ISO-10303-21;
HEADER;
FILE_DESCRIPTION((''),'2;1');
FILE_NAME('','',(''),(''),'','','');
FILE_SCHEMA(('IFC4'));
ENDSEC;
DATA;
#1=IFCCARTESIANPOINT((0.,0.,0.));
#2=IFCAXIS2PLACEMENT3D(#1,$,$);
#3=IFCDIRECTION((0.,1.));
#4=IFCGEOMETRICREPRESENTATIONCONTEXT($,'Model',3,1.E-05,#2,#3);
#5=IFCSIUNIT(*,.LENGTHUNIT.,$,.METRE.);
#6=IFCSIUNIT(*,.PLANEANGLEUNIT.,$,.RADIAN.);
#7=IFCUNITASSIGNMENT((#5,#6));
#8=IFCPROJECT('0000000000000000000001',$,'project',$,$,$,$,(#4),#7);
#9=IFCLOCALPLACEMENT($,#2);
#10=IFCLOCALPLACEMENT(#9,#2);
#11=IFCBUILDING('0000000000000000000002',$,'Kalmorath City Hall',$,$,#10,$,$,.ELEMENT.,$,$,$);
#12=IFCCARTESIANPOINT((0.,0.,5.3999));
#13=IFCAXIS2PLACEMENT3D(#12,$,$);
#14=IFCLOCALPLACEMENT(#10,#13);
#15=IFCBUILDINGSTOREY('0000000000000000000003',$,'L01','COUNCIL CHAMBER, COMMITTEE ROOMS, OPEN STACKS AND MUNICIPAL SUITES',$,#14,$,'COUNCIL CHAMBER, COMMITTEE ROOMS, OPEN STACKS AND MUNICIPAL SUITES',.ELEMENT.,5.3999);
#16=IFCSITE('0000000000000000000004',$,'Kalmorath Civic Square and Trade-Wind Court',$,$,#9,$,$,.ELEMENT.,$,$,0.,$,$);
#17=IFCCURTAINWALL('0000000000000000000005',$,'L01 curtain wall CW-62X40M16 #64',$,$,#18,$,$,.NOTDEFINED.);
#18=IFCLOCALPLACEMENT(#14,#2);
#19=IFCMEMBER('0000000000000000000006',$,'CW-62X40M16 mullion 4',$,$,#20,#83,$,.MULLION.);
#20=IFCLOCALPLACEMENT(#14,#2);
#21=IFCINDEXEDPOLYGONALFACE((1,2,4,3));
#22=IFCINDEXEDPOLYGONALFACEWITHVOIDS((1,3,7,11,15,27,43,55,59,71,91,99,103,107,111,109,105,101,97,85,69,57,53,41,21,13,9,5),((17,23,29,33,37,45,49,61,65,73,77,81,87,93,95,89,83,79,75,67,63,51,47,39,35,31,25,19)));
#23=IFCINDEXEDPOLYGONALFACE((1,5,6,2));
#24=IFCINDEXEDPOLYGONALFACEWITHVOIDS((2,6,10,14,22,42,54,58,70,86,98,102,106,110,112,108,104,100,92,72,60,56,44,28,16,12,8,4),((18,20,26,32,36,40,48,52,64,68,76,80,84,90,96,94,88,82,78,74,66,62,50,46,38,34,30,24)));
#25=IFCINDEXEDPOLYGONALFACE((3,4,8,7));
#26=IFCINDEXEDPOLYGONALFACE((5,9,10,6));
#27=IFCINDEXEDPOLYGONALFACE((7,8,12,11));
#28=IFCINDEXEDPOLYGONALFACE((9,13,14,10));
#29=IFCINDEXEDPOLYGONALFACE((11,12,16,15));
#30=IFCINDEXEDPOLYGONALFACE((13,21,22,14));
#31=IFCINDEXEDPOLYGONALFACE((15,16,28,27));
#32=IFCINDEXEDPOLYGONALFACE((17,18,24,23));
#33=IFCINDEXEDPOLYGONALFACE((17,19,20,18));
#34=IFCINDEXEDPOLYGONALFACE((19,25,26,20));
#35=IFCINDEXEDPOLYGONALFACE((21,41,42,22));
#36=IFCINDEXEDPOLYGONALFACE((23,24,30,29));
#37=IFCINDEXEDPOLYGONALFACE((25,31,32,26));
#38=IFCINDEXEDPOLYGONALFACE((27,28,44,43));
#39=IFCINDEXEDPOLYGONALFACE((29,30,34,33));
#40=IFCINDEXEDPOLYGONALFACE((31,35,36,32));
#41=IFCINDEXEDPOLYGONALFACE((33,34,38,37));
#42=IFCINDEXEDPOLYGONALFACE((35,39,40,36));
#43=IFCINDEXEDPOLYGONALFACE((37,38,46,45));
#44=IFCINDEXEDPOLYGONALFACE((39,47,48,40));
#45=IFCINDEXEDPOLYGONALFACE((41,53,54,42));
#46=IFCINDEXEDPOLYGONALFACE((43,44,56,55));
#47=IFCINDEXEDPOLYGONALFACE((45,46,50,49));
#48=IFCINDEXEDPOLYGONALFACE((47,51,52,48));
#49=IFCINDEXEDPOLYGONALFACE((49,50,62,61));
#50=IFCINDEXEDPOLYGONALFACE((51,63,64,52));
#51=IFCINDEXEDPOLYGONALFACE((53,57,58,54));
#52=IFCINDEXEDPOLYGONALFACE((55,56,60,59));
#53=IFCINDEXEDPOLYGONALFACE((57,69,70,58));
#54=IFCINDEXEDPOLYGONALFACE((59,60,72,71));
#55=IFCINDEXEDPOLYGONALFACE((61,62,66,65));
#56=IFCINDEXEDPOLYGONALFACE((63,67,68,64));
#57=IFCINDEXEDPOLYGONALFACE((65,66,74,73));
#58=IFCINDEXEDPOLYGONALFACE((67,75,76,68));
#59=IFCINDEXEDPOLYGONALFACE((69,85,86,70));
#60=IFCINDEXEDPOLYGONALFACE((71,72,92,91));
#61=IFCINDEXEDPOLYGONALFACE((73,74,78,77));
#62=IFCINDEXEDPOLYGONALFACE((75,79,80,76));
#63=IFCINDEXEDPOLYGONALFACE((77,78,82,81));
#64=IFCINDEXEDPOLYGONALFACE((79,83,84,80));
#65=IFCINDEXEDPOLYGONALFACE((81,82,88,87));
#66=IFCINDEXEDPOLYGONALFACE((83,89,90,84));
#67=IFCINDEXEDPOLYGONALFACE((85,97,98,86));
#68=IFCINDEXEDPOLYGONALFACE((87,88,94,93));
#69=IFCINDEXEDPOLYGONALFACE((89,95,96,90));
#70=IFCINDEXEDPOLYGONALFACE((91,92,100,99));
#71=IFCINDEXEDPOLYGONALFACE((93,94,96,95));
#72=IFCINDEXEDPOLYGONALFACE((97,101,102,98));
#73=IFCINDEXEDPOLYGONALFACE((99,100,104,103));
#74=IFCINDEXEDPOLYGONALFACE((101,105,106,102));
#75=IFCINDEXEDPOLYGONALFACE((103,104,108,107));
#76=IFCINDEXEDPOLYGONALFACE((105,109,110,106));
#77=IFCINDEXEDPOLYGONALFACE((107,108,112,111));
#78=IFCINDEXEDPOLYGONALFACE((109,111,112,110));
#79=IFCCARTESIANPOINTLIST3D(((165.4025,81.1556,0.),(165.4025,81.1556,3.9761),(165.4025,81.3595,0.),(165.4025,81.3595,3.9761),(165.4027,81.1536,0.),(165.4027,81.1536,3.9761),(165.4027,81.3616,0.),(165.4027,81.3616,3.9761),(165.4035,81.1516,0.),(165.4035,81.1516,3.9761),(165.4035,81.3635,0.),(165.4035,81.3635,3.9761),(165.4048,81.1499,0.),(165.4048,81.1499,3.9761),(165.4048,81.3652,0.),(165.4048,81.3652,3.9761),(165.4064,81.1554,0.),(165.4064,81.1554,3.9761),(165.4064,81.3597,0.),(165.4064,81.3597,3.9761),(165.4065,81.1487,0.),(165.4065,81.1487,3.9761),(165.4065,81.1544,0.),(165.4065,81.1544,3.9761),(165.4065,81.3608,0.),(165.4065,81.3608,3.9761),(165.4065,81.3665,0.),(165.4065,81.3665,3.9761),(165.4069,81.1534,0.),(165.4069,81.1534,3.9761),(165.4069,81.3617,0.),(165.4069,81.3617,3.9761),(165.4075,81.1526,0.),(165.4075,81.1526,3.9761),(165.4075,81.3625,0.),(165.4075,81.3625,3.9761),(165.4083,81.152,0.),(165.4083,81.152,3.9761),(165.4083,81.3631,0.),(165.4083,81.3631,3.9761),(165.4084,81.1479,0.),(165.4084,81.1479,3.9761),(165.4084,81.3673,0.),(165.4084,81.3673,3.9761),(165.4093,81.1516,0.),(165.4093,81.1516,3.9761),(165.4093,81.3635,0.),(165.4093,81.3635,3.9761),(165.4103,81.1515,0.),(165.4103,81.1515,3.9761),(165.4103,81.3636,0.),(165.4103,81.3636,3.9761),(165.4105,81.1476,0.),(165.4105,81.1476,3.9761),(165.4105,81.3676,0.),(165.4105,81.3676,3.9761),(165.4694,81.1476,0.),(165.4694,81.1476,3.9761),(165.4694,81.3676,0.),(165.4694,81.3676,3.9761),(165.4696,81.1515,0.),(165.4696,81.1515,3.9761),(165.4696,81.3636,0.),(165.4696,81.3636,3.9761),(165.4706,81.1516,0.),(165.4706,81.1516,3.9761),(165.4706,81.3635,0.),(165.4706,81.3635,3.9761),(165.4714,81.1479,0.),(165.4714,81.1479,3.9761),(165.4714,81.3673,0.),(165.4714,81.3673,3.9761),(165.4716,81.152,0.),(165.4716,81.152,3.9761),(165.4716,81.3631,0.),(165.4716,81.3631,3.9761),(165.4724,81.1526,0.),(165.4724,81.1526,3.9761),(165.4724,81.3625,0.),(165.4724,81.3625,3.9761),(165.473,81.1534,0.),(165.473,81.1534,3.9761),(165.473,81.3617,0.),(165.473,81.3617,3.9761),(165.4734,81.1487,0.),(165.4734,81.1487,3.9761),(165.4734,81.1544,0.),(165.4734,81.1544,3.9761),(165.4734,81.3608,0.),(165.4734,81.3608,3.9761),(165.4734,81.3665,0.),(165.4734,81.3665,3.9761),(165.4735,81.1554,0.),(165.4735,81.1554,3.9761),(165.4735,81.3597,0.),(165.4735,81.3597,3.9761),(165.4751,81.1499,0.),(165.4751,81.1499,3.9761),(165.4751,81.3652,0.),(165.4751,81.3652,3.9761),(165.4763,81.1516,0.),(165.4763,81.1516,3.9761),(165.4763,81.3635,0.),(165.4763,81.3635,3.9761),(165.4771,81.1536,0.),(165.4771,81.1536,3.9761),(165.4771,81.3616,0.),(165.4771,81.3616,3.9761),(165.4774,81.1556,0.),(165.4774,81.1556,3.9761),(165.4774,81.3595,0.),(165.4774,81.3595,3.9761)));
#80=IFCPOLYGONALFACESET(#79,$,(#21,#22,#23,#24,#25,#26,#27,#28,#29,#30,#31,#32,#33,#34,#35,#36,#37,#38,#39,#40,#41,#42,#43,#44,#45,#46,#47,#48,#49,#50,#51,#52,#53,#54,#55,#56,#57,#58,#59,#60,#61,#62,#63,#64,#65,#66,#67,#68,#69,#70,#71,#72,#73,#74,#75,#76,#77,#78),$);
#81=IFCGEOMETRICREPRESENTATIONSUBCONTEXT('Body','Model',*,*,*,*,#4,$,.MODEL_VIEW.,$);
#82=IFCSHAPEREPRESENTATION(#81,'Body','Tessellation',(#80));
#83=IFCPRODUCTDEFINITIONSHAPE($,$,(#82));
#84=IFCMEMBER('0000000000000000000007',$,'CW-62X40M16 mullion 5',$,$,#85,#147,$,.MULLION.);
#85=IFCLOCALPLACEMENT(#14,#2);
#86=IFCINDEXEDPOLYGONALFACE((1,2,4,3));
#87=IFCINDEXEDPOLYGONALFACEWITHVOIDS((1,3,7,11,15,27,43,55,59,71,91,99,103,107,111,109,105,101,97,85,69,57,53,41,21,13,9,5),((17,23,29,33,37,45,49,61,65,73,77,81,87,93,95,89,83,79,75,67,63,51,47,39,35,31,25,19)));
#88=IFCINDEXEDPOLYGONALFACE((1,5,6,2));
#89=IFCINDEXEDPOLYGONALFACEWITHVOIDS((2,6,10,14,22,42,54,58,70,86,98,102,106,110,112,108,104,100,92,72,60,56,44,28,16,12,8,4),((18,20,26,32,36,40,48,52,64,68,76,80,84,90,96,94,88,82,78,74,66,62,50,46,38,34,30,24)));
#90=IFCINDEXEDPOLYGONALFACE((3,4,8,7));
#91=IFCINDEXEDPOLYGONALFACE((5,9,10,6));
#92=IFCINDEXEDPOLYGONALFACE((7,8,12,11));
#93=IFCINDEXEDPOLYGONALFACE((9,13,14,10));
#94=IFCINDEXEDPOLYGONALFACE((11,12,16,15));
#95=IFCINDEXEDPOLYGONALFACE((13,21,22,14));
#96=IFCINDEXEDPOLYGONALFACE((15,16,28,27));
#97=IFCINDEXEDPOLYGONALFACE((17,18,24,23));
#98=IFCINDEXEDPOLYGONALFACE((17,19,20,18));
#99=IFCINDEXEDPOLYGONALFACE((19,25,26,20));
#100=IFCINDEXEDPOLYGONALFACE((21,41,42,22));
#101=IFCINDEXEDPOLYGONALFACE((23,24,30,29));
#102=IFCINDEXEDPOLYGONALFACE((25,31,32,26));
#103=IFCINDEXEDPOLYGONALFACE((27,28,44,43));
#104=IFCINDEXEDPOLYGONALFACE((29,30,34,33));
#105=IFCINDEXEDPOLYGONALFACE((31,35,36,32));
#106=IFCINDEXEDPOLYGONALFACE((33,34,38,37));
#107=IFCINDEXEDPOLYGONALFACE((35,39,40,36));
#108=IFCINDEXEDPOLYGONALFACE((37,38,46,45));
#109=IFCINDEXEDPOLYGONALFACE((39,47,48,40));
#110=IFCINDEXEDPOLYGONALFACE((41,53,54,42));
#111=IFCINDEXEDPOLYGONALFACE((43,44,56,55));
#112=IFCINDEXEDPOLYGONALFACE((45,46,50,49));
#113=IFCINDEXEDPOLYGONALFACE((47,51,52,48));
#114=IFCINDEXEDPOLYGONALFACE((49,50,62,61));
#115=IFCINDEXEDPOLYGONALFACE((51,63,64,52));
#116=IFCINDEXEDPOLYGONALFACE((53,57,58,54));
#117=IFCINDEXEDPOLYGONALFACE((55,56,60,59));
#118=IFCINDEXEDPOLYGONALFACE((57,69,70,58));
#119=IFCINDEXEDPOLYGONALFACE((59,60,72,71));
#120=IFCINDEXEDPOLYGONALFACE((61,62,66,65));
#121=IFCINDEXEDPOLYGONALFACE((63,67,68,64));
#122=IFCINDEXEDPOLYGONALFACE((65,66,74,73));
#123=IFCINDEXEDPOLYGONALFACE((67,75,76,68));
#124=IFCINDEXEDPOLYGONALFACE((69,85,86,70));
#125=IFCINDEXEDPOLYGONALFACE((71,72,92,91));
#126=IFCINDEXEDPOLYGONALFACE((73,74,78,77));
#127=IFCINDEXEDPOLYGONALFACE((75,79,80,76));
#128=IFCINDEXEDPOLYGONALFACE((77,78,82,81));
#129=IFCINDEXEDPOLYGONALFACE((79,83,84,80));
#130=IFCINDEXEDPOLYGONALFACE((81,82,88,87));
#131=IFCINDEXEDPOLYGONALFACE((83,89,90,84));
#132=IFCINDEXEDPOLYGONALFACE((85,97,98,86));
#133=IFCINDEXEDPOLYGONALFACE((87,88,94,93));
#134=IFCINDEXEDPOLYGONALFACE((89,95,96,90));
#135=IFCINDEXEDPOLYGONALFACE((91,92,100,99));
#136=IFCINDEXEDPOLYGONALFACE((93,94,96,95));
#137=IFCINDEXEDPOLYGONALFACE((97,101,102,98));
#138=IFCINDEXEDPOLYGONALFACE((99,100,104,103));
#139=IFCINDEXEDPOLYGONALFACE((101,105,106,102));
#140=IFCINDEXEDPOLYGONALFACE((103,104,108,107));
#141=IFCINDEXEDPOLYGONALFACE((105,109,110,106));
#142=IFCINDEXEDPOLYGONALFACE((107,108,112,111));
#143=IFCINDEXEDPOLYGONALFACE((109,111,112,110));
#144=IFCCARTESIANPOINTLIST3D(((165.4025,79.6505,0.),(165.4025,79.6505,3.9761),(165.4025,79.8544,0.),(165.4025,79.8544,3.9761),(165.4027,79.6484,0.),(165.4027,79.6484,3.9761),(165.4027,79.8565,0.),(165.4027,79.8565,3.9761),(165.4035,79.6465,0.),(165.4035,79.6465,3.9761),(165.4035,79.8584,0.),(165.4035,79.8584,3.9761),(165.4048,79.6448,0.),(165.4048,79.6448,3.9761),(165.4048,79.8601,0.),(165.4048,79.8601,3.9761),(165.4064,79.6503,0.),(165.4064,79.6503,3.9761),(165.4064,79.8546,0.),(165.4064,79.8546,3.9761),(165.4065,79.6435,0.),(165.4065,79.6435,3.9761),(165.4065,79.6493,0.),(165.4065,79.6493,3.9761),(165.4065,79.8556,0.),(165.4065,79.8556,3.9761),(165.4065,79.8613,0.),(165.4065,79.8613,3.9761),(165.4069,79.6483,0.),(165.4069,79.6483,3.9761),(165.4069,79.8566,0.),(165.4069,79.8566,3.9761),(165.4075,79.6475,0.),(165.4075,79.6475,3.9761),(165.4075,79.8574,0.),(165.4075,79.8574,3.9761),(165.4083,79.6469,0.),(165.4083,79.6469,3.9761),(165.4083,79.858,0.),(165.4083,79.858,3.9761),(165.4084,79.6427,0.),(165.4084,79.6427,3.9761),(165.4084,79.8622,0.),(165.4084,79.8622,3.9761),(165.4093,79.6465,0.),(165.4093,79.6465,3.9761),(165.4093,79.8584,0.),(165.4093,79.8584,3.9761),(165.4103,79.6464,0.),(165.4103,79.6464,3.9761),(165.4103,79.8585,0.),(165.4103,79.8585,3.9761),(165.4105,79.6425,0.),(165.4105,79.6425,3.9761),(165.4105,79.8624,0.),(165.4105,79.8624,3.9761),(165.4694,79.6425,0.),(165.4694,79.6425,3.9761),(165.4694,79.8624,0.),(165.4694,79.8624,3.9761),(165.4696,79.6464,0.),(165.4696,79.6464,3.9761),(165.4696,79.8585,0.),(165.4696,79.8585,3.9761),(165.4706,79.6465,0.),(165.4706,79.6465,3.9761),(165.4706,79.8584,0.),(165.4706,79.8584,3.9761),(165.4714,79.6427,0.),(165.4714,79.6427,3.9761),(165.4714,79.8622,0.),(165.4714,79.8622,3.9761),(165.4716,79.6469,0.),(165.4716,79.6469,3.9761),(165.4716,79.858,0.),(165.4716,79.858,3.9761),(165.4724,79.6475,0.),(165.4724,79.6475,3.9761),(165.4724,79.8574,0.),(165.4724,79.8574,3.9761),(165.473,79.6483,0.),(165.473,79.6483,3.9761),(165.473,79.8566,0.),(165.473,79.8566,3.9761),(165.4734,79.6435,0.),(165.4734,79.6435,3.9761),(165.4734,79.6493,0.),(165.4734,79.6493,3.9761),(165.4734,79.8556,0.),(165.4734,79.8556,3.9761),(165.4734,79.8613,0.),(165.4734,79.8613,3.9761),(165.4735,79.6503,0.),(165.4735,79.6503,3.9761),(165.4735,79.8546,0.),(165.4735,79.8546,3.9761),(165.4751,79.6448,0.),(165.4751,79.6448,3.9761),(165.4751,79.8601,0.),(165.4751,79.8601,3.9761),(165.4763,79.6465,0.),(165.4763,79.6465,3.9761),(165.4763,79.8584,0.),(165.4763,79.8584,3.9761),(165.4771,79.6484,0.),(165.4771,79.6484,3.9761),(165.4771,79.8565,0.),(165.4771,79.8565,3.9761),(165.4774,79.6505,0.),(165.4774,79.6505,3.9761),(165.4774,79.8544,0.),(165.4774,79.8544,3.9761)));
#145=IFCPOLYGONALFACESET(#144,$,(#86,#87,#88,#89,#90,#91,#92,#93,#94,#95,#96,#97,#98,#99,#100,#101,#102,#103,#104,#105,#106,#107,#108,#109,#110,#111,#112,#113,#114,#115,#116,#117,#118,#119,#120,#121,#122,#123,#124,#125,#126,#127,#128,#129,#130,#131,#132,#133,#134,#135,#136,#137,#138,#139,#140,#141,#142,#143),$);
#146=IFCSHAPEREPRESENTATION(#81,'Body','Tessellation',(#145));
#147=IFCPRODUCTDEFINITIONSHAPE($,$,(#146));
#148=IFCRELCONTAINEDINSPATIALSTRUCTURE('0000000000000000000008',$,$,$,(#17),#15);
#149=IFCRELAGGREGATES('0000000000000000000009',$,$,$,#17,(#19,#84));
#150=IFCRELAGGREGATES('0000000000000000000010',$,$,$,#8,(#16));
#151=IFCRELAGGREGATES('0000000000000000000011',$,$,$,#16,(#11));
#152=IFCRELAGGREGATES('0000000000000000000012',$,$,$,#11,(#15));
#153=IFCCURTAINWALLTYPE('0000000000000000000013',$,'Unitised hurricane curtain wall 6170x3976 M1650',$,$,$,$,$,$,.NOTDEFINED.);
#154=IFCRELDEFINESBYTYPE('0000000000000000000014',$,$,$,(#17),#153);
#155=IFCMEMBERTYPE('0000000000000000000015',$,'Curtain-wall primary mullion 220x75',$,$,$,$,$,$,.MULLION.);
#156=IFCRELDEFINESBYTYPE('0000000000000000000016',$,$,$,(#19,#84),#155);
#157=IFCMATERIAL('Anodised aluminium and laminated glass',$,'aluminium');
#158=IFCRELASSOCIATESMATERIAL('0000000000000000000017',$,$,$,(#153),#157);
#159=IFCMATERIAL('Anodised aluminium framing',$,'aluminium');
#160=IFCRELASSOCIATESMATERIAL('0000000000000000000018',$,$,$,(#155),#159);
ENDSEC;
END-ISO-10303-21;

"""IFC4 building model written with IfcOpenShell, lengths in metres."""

from ifc_helpers import new_model, si_unit, direction, frame, origin, origin_2d, place, context, subcontext, project, spatial, hollow_rectangle, extrude, material, material_profile, profile_set, type_object, element, aggregate, save


model = new_model("IFC4")

# Units and contexts
model_context = context("Model", 3, precision=1e-05, world=origin(), true_north=direction((0.0, 1.0)))
body_context = subcontext(model_context, "Body", "Model", "MODEL_VIEW")
ifc_project = project(units=[si_unit("LENGTHUNIT", "METRE"), si_unit("PLANEANGLEUNIT", "RADIAN")], contexts=[model_context])

# Site, building, storey
site_placement = place(None, origin())
site = spatial("IfcSite", under=ifc_project, at=site_placement, Name="Kalmorath Civic Square and Trade-Wind Court", CompositionType="ELEMENT", RefElevation=0.0)
building_placement = place(site_placement, origin())
building = spatial("IfcBuilding", under=site, at=building_placement, Name="Kalmorath City Hall", CompositionType="ELEMENT")
storey_placement = place(building_placement, frame((0.0, 0.0, 5.3999)))
storey = spatial("IfcBuildingStorey", under=building, at=storey_placement, Name="L01", Description="COUNCIL CHAMBER, COMMITTEE ROOMS, OPEN STACKS AND MUNICIPAL SUITES", LongName="COUNCIL CHAMBER, COMMITTEE ROOMS, OPEN STACKS AND MUNICIPAL SUITES", CompositionType="ELEMENT", Elevation=5.3999)

# Curtain wall, members
ifc_material_1 = material(Name="Anodised aluminium and laminated glass", Category="aluminium")
curtain_wall_type = type_object("IfcCurtainWallType", Name="Unitised hurricane curtain wall 6170x3976 M1650", PredefinedType="NOTDEFINED", material=ifc_material_1)
curtain_wall_1_placement = place(storey_placement, origin())
curtain_wall_1 = element("IfcCurtainWall", 1, at=curtain_wall_1_placement, inside=storey, type_object=curtain_wall_type, Name="L01 curtain wall CW-62X40M16 #64", PredefinedType="NOTDEFINED")
ifc_material_2 = material(Name="Anodised aluminium framing", Category="aluminium")
ifc_material_profile_1 = material_profile(ifc_material_2, hollow_rectangle(XDim=0.075, YDim=0.22, WallThickness=0.0039, InnerFilletRadius=0.0039, OuterFilletRadius=0.0081, at=origin_2d()), Name="ALU-MUL-220X75X4")
ifc_profile_set_1 = profile_set([ifc_material_profile_1], Name="Anodised aluminium framing")
member_type_1 = type_object("IfcMemberType", Name="Curtain-wall primary mullion 220x75", PredefinedType="MULLION", material=ifc_profile_set_1)
member_1_placement = place(storey_placement, frame((165.4399, 81.2576, 0.0), z_axis=(0.0, 0.0, 1.0), x_axis=(1.0, 0.0, 0.0)))
member_1 = element("IfcMember", 2, at=member_1_placement, type_object=member_type_1, Name="CW-62X40M16 mullion 4", PredefinedType="MULLION", context=body_context, shape_type="SweptSolid", body=[
    extrude(hollow_rectangle(XDim=0.075, YDim=0.22, WallThickness=0.0039, InnerFilletRadius=0.0039, OuterFilletRadius=0.0081, at=origin_2d()), origin(), (0.0, 0.0, 1.0), 3.9761),
])
member_2_placement = place(storey_placement, frame((165.4399, 79.7524, 0.0), z_axis=(0.0, 0.0, 1.0), x_axis=(1.0, 0.0, 0.0)))
member_2 = element("IfcMember", 3, at=member_2_placement, type_object=member_type_1, Name="CW-62X40M16 mullion 5", PredefinedType="MULLION", context=body_context, shape_type="SweptSolid", body=[
    extrude(hollow_rectangle(XDim=0.075, YDim=0.22, WallThickness=0.0039, InnerFilletRadius=0.0039, OuterFilletRadius=0.0081, at=origin_2d()), origin(), (0.0, 0.0, 1.0), 3.9761),
])

aggregate(curtain_wall_1, [member_1, member_2])

save(model, "model.ifc")
